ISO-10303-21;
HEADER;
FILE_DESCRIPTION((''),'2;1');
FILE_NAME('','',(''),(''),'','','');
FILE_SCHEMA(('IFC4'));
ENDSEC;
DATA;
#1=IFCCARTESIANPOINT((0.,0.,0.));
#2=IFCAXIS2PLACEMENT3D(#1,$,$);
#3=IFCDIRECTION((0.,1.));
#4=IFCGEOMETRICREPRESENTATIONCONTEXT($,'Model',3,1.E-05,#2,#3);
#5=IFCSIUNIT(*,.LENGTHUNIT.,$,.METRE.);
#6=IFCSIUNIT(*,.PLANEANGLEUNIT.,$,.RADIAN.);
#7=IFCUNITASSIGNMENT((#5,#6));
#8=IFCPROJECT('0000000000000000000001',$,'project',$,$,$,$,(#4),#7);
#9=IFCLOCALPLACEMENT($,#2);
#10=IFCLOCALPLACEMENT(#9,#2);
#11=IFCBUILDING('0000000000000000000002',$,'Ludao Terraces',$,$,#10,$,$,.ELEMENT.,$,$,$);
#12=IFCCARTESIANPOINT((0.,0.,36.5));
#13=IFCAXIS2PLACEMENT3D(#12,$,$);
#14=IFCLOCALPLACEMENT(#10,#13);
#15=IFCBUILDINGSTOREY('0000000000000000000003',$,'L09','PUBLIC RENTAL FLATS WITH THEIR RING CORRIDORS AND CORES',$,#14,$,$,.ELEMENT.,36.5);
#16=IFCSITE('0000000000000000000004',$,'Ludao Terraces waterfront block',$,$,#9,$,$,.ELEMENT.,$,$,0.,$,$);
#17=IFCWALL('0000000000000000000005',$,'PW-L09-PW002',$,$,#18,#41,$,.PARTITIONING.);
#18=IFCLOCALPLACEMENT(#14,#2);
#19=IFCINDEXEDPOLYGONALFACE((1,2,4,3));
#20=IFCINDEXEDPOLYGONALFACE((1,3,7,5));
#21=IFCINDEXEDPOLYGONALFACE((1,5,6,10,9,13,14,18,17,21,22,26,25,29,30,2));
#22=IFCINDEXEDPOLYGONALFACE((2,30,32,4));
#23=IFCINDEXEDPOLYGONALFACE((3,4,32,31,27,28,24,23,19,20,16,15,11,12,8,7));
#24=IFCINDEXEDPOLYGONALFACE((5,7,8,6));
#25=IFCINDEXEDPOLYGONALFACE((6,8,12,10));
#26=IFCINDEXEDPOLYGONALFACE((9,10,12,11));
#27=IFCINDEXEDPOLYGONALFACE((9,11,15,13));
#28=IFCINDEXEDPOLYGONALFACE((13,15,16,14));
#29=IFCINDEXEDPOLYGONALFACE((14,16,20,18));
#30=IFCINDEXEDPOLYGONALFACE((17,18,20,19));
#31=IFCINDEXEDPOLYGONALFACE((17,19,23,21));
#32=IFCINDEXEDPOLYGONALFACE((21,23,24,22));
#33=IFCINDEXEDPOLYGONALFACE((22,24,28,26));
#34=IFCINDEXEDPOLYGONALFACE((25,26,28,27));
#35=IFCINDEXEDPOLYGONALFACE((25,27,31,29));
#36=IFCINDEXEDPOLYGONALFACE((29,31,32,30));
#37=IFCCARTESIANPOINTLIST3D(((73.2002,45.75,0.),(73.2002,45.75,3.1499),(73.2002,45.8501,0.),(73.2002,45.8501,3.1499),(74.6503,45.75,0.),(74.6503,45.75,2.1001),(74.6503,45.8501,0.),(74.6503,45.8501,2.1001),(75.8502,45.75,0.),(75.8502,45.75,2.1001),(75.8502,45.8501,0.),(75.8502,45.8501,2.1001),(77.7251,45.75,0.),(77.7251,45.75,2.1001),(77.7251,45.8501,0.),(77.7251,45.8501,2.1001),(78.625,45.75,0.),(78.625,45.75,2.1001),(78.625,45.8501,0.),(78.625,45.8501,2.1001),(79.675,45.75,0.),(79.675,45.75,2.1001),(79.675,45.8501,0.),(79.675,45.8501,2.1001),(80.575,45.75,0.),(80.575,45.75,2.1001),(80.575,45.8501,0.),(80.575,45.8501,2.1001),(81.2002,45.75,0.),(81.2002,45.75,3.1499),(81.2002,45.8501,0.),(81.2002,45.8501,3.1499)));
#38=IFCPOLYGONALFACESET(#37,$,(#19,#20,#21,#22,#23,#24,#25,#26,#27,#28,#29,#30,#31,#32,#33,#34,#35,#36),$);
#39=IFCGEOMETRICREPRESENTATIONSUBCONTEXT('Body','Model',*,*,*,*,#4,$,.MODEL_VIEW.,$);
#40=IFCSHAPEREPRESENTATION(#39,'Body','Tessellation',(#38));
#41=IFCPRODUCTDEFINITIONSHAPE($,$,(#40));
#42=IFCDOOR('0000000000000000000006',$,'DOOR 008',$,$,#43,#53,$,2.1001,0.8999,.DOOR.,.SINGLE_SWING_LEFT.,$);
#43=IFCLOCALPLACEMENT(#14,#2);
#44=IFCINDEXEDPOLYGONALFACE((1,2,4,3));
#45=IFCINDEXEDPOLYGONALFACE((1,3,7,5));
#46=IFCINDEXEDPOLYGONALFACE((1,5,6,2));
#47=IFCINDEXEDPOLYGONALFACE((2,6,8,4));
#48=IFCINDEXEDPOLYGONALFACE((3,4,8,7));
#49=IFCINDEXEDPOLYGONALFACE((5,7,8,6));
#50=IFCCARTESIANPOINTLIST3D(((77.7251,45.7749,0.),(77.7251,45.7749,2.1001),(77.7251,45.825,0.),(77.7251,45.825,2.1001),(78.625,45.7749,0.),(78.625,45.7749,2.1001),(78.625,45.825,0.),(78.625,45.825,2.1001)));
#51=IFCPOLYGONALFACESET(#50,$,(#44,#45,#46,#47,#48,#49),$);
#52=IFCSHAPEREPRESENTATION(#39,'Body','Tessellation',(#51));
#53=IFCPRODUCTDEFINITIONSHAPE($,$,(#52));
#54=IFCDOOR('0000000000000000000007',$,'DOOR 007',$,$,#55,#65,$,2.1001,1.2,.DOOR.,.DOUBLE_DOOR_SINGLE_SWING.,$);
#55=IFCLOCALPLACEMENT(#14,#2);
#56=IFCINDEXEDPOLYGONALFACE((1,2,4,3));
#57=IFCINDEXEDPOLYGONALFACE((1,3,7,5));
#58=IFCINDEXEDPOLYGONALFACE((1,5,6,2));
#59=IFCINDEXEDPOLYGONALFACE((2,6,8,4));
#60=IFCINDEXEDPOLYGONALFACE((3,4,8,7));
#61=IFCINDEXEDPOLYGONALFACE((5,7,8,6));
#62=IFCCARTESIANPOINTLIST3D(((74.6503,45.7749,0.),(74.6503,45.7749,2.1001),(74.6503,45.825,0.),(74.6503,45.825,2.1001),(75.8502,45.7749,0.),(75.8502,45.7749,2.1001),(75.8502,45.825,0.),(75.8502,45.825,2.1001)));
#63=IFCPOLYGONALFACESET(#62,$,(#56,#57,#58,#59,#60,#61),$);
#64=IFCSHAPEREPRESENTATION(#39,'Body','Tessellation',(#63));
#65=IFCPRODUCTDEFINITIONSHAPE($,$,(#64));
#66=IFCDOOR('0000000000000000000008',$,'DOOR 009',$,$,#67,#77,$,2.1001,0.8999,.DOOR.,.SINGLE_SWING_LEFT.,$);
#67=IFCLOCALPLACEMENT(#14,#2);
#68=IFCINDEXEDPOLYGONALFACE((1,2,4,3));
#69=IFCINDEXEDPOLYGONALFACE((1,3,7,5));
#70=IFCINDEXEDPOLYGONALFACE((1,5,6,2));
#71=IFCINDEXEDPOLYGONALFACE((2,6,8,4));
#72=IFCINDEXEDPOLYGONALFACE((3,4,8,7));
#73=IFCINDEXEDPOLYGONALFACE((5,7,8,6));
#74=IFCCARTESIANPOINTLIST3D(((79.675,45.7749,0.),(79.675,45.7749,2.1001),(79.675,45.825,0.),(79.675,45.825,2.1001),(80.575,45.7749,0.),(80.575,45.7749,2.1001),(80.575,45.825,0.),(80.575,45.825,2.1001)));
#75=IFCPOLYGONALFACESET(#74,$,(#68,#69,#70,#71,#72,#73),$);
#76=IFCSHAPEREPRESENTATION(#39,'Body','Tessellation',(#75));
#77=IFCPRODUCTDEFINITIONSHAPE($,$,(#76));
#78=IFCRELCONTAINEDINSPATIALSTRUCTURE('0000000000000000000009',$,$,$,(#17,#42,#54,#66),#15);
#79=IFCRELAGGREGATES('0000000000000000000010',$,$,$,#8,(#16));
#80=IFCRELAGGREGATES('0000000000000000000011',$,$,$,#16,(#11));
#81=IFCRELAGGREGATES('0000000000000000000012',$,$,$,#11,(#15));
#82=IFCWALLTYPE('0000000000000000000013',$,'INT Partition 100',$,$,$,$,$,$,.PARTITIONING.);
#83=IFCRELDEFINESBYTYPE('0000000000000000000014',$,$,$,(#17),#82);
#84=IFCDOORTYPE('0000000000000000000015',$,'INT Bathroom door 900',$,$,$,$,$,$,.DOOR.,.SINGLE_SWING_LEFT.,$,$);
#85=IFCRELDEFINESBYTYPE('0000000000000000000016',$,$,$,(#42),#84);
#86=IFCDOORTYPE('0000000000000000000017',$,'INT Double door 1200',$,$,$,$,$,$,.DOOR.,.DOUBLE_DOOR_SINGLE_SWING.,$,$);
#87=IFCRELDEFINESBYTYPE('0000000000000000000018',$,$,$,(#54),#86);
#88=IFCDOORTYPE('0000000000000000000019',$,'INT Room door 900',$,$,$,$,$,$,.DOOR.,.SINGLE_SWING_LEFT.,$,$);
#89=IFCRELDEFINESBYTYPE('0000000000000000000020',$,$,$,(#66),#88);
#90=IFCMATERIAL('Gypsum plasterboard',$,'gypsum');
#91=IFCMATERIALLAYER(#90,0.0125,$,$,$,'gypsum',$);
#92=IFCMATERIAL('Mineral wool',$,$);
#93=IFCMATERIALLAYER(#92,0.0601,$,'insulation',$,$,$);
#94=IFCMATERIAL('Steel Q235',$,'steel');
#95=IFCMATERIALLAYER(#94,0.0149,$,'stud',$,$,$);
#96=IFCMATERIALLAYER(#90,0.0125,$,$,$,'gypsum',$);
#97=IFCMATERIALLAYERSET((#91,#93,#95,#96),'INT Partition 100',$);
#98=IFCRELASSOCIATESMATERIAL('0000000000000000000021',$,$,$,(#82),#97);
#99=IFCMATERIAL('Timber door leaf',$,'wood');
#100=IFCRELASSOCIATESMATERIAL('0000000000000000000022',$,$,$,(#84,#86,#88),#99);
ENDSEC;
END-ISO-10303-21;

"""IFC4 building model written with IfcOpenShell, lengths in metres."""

from ifc_helpers import new_model, si_unit, direction, frame, frame_2d, origin, place, context, subcontext, project, spatial, rectangle, extrude, material, layer, layer_set, type_object, element, fill, save


model = new_model("IFC4")

# Units and contexts
model_context = context("Model", 3, precision=1e-05, world=origin(), true_north=direction((0.0, 1.0)))
body_context = subcontext(model_context, "Body", "Model", "MODEL_VIEW")
ifc_project = project(units=[si_unit("LENGTHUNIT", "METRE"), si_unit("PLANEANGLEUNIT", "RADIAN")], contexts=[model_context])

# Site, building, storey
site_placement = place(None, origin())
site = spatial("IfcSite", under=ifc_project, at=site_placement, Name="Ludao Terraces waterfront block", CompositionType="ELEMENT", RefElevation=0.0)
building_placement = place(site_placement, origin())
building = spatial("IfcBuilding", under=site, at=building_placement, Name="Ludao Terraces", CompositionType="ELEMENT")
storey_placement = place(building_placement, frame((0.0, 0.0, 36.5)))
storey = spatial("IfcBuildingStorey", under=building, at=storey_placement, Name="L09", Description="PUBLIC RENTAL FLATS WITH THEIR RING CORRIDORS AND CORES", CompositionType="ELEMENT", Elevation=36.5)

# Wall, openings, doors
ifc_material_1 = material(Name="Gypsum plasterboard", Category="gypsum")
ifc_layer_1 = layer(ifc_material_1, 0.0125, Category="gypsum")
ifc_material_2 = material(Name="Mineral wool")
ifc_layer_2 = layer(ifc_material_2, 0.0601, Name="insulation")
ifc_material_3 = material(Name="Steel Q235", Category="steel")
ifc_layer_3 = layer(ifc_material_3, 0.0149, Name="stud")
ifc_layer_4 = layer(ifc_material_1, 0.0125, Category="gypsum")
ifc_layer_set_1 = layer_set([ifc_layer_1, ifc_layer_2, ifc_layer_3, ifc_layer_4], Name="INT Partition 100")
wall_type_1 = type_object("IfcWallType", Name="INT Partition 100", PredefinedType="PARTITIONING", material=ifc_layer_set_1)
wall_1_placement = place(storey_placement, frame((73.2002, 45.8, 0.0), z_axis=(0.0, 0.0, 1.0), x_axis=(1.0, 0.0, 0.0)))
wall_1 = element("IfcWall", 1, at=wall_1_placement, inside=storey, type_object=wall_type_1, Name="PW-L09-PW002", PredefinedType="PARTITIONING", context=body_context, shape_type="SweptSolid", body=[
    extrude(rectangle(XDim=8.0, YDim=0.1001, at=frame_2d((4.0, 0.0))), origin(), (0.0, 0.0, 1.0), 3.1499),
])
opening_1_placement = place(wall_1_placement, frame((1.45, 0.0, 0.0)))
opening_1 = element("IfcOpeningElement", 2, at=opening_1_placement, cuts=wall_1, PredefinedType="OPENING", context=body_context, shape_type="SweptSolid", body=[
    extrude(rectangle(XDim=1.2, YDim=2.1001, at=frame_2d((0.6001, 1.05))), frame((0.0, 0.0601, 0.0), z_axis=(0.0, -1.0, 0.0), x_axis=(1.0, 0.0, 0.0)), (0.0, 0.0, 1.0), 0.1201),
])
opening_2_placement = place(wall_1_placement, frame((4.5249, 0.0, 0.0)))
opening_2 = element("IfcOpeningElement", 3, at=opening_2_placement, cuts=wall_1, PredefinedType="OPENING", context=body_context, shape_type="SweptSolid", body=[
    extrude(rectangle(XDim=0.8999, YDim=2.1001, at=frame_2d((0.45, 1.05))), frame((0.0, 0.0601, 0.0), z_axis=(0.0, -1.0, 0.0), x_axis=(1.0, 0.0, 0.0)), (0.0, 0.0, 1.0), 0.1201),
])
opening_3_placement = place(wall_1_placement, frame((6.4749, 0.0, 0.0)))
opening_3 = element("IfcOpeningElement", 4, at=opening_3_placement, cuts=wall_1, PredefinedType="OPENING", context=body_context, shape_type="SweptSolid", body=[
    extrude(rectangle(XDim=0.8999, YDim=2.1001, at=frame_2d((0.45, 1.05))), frame((0.0, 0.0601, 0.0), z_axis=(0.0, -1.0, 0.0), x_axis=(1.0, 0.0, 0.0)), (0.0, 0.0, 1.0), 0.1201),
])
ifc_material_4 = material(Name="Timber door leaf", Category="wood")
door_type_1 = type_object("IfcDoorType", Name="INT Bathroom door 900", OperationType="SINGLE_SWING_LEFT", PredefinedType="DOOR", material=ifc_material_4)
door_1_placement = place(opening_2_placement, origin())
door_1 = element("IfcDoor", 5, at=door_1_placement, inside=storey, type_object=door_type_1, Name="DOOR 008", OperationType="SINGLE_SWING_LEFT", OverallHeight=2.1001, OverallWidth=0.8999, PredefinedType="DOOR", context=body_context, shape_type="SweptSolid", body=[
    extrude(rectangle(XDim=0.8999, YDim=2.1001, at=frame_2d((0.45, 1.05))), frame((0.0, 0.0249, 0.0), z_axis=(0.0, -1.0, 0.0), x_axis=(1.0, 0.0, 0.0)), (0.0, 0.0, 1.0), 0.05),
])
fill(opening_2, door_1)
door_type_2 = type_object("IfcDoorType", Name="INT Double door 1200", OperationType="DOUBLE_DOOR_SINGLE_SWING", PredefinedType="DOOR", material=ifc_material_4)
door_2_placement = place(opening_1_placement, origin())
door_2 = element("IfcDoor", 6, at=door_2_placement, inside=storey, type_object=door_type_2, Name="DOOR 007", OperationType="DOUBLE_DOOR_SINGLE_SWING", OverallHeight=2.1001, OverallWidth=1.2, PredefinedType="DOOR", context=body_context, shape_type="SweptSolid", body=[
    extrude(rectangle(XDim=1.2, YDim=2.1001, at=frame_2d((0.6001, 1.05))), frame((0.0, 0.0249, 0.0), z_axis=(0.0, -1.0, 0.0), x_axis=(1.0, 0.0, 0.0)), (0.0, 0.0, 1.0), 0.05),
])
fill(opening_1, door_2)
door_type_3 = type_object("IfcDoorType", Name="INT Room door 900", OperationType="SINGLE_SWING_LEFT", PredefinedType="DOOR", material=ifc_material_4)
door_3_placement = place(opening_3_placement, origin())
door_3 = element("IfcDoor", 7, at=door_3_placement, inside=storey, type_object=door_type_3, Name="DOOR 009", OperationType="SINGLE_SWING_LEFT", OverallHeight=2.1001, OverallWidth=0.8999, PredefinedType="DOOR", context=body_context, shape_type="SweptSolid", body=[
    extrude(rectangle(XDim=0.8999, YDim=2.1001, at=frame_2d((0.45, 1.05))), frame((0.0, 0.0249, 0.0), z_axis=(0.0, -1.0, 0.0), x_axis=(1.0, 0.0, 0.0)), (0.0, 0.0, 1.0), 0.05),
])
fill(opening_3, door_3)

save(model, "model.ifc")
